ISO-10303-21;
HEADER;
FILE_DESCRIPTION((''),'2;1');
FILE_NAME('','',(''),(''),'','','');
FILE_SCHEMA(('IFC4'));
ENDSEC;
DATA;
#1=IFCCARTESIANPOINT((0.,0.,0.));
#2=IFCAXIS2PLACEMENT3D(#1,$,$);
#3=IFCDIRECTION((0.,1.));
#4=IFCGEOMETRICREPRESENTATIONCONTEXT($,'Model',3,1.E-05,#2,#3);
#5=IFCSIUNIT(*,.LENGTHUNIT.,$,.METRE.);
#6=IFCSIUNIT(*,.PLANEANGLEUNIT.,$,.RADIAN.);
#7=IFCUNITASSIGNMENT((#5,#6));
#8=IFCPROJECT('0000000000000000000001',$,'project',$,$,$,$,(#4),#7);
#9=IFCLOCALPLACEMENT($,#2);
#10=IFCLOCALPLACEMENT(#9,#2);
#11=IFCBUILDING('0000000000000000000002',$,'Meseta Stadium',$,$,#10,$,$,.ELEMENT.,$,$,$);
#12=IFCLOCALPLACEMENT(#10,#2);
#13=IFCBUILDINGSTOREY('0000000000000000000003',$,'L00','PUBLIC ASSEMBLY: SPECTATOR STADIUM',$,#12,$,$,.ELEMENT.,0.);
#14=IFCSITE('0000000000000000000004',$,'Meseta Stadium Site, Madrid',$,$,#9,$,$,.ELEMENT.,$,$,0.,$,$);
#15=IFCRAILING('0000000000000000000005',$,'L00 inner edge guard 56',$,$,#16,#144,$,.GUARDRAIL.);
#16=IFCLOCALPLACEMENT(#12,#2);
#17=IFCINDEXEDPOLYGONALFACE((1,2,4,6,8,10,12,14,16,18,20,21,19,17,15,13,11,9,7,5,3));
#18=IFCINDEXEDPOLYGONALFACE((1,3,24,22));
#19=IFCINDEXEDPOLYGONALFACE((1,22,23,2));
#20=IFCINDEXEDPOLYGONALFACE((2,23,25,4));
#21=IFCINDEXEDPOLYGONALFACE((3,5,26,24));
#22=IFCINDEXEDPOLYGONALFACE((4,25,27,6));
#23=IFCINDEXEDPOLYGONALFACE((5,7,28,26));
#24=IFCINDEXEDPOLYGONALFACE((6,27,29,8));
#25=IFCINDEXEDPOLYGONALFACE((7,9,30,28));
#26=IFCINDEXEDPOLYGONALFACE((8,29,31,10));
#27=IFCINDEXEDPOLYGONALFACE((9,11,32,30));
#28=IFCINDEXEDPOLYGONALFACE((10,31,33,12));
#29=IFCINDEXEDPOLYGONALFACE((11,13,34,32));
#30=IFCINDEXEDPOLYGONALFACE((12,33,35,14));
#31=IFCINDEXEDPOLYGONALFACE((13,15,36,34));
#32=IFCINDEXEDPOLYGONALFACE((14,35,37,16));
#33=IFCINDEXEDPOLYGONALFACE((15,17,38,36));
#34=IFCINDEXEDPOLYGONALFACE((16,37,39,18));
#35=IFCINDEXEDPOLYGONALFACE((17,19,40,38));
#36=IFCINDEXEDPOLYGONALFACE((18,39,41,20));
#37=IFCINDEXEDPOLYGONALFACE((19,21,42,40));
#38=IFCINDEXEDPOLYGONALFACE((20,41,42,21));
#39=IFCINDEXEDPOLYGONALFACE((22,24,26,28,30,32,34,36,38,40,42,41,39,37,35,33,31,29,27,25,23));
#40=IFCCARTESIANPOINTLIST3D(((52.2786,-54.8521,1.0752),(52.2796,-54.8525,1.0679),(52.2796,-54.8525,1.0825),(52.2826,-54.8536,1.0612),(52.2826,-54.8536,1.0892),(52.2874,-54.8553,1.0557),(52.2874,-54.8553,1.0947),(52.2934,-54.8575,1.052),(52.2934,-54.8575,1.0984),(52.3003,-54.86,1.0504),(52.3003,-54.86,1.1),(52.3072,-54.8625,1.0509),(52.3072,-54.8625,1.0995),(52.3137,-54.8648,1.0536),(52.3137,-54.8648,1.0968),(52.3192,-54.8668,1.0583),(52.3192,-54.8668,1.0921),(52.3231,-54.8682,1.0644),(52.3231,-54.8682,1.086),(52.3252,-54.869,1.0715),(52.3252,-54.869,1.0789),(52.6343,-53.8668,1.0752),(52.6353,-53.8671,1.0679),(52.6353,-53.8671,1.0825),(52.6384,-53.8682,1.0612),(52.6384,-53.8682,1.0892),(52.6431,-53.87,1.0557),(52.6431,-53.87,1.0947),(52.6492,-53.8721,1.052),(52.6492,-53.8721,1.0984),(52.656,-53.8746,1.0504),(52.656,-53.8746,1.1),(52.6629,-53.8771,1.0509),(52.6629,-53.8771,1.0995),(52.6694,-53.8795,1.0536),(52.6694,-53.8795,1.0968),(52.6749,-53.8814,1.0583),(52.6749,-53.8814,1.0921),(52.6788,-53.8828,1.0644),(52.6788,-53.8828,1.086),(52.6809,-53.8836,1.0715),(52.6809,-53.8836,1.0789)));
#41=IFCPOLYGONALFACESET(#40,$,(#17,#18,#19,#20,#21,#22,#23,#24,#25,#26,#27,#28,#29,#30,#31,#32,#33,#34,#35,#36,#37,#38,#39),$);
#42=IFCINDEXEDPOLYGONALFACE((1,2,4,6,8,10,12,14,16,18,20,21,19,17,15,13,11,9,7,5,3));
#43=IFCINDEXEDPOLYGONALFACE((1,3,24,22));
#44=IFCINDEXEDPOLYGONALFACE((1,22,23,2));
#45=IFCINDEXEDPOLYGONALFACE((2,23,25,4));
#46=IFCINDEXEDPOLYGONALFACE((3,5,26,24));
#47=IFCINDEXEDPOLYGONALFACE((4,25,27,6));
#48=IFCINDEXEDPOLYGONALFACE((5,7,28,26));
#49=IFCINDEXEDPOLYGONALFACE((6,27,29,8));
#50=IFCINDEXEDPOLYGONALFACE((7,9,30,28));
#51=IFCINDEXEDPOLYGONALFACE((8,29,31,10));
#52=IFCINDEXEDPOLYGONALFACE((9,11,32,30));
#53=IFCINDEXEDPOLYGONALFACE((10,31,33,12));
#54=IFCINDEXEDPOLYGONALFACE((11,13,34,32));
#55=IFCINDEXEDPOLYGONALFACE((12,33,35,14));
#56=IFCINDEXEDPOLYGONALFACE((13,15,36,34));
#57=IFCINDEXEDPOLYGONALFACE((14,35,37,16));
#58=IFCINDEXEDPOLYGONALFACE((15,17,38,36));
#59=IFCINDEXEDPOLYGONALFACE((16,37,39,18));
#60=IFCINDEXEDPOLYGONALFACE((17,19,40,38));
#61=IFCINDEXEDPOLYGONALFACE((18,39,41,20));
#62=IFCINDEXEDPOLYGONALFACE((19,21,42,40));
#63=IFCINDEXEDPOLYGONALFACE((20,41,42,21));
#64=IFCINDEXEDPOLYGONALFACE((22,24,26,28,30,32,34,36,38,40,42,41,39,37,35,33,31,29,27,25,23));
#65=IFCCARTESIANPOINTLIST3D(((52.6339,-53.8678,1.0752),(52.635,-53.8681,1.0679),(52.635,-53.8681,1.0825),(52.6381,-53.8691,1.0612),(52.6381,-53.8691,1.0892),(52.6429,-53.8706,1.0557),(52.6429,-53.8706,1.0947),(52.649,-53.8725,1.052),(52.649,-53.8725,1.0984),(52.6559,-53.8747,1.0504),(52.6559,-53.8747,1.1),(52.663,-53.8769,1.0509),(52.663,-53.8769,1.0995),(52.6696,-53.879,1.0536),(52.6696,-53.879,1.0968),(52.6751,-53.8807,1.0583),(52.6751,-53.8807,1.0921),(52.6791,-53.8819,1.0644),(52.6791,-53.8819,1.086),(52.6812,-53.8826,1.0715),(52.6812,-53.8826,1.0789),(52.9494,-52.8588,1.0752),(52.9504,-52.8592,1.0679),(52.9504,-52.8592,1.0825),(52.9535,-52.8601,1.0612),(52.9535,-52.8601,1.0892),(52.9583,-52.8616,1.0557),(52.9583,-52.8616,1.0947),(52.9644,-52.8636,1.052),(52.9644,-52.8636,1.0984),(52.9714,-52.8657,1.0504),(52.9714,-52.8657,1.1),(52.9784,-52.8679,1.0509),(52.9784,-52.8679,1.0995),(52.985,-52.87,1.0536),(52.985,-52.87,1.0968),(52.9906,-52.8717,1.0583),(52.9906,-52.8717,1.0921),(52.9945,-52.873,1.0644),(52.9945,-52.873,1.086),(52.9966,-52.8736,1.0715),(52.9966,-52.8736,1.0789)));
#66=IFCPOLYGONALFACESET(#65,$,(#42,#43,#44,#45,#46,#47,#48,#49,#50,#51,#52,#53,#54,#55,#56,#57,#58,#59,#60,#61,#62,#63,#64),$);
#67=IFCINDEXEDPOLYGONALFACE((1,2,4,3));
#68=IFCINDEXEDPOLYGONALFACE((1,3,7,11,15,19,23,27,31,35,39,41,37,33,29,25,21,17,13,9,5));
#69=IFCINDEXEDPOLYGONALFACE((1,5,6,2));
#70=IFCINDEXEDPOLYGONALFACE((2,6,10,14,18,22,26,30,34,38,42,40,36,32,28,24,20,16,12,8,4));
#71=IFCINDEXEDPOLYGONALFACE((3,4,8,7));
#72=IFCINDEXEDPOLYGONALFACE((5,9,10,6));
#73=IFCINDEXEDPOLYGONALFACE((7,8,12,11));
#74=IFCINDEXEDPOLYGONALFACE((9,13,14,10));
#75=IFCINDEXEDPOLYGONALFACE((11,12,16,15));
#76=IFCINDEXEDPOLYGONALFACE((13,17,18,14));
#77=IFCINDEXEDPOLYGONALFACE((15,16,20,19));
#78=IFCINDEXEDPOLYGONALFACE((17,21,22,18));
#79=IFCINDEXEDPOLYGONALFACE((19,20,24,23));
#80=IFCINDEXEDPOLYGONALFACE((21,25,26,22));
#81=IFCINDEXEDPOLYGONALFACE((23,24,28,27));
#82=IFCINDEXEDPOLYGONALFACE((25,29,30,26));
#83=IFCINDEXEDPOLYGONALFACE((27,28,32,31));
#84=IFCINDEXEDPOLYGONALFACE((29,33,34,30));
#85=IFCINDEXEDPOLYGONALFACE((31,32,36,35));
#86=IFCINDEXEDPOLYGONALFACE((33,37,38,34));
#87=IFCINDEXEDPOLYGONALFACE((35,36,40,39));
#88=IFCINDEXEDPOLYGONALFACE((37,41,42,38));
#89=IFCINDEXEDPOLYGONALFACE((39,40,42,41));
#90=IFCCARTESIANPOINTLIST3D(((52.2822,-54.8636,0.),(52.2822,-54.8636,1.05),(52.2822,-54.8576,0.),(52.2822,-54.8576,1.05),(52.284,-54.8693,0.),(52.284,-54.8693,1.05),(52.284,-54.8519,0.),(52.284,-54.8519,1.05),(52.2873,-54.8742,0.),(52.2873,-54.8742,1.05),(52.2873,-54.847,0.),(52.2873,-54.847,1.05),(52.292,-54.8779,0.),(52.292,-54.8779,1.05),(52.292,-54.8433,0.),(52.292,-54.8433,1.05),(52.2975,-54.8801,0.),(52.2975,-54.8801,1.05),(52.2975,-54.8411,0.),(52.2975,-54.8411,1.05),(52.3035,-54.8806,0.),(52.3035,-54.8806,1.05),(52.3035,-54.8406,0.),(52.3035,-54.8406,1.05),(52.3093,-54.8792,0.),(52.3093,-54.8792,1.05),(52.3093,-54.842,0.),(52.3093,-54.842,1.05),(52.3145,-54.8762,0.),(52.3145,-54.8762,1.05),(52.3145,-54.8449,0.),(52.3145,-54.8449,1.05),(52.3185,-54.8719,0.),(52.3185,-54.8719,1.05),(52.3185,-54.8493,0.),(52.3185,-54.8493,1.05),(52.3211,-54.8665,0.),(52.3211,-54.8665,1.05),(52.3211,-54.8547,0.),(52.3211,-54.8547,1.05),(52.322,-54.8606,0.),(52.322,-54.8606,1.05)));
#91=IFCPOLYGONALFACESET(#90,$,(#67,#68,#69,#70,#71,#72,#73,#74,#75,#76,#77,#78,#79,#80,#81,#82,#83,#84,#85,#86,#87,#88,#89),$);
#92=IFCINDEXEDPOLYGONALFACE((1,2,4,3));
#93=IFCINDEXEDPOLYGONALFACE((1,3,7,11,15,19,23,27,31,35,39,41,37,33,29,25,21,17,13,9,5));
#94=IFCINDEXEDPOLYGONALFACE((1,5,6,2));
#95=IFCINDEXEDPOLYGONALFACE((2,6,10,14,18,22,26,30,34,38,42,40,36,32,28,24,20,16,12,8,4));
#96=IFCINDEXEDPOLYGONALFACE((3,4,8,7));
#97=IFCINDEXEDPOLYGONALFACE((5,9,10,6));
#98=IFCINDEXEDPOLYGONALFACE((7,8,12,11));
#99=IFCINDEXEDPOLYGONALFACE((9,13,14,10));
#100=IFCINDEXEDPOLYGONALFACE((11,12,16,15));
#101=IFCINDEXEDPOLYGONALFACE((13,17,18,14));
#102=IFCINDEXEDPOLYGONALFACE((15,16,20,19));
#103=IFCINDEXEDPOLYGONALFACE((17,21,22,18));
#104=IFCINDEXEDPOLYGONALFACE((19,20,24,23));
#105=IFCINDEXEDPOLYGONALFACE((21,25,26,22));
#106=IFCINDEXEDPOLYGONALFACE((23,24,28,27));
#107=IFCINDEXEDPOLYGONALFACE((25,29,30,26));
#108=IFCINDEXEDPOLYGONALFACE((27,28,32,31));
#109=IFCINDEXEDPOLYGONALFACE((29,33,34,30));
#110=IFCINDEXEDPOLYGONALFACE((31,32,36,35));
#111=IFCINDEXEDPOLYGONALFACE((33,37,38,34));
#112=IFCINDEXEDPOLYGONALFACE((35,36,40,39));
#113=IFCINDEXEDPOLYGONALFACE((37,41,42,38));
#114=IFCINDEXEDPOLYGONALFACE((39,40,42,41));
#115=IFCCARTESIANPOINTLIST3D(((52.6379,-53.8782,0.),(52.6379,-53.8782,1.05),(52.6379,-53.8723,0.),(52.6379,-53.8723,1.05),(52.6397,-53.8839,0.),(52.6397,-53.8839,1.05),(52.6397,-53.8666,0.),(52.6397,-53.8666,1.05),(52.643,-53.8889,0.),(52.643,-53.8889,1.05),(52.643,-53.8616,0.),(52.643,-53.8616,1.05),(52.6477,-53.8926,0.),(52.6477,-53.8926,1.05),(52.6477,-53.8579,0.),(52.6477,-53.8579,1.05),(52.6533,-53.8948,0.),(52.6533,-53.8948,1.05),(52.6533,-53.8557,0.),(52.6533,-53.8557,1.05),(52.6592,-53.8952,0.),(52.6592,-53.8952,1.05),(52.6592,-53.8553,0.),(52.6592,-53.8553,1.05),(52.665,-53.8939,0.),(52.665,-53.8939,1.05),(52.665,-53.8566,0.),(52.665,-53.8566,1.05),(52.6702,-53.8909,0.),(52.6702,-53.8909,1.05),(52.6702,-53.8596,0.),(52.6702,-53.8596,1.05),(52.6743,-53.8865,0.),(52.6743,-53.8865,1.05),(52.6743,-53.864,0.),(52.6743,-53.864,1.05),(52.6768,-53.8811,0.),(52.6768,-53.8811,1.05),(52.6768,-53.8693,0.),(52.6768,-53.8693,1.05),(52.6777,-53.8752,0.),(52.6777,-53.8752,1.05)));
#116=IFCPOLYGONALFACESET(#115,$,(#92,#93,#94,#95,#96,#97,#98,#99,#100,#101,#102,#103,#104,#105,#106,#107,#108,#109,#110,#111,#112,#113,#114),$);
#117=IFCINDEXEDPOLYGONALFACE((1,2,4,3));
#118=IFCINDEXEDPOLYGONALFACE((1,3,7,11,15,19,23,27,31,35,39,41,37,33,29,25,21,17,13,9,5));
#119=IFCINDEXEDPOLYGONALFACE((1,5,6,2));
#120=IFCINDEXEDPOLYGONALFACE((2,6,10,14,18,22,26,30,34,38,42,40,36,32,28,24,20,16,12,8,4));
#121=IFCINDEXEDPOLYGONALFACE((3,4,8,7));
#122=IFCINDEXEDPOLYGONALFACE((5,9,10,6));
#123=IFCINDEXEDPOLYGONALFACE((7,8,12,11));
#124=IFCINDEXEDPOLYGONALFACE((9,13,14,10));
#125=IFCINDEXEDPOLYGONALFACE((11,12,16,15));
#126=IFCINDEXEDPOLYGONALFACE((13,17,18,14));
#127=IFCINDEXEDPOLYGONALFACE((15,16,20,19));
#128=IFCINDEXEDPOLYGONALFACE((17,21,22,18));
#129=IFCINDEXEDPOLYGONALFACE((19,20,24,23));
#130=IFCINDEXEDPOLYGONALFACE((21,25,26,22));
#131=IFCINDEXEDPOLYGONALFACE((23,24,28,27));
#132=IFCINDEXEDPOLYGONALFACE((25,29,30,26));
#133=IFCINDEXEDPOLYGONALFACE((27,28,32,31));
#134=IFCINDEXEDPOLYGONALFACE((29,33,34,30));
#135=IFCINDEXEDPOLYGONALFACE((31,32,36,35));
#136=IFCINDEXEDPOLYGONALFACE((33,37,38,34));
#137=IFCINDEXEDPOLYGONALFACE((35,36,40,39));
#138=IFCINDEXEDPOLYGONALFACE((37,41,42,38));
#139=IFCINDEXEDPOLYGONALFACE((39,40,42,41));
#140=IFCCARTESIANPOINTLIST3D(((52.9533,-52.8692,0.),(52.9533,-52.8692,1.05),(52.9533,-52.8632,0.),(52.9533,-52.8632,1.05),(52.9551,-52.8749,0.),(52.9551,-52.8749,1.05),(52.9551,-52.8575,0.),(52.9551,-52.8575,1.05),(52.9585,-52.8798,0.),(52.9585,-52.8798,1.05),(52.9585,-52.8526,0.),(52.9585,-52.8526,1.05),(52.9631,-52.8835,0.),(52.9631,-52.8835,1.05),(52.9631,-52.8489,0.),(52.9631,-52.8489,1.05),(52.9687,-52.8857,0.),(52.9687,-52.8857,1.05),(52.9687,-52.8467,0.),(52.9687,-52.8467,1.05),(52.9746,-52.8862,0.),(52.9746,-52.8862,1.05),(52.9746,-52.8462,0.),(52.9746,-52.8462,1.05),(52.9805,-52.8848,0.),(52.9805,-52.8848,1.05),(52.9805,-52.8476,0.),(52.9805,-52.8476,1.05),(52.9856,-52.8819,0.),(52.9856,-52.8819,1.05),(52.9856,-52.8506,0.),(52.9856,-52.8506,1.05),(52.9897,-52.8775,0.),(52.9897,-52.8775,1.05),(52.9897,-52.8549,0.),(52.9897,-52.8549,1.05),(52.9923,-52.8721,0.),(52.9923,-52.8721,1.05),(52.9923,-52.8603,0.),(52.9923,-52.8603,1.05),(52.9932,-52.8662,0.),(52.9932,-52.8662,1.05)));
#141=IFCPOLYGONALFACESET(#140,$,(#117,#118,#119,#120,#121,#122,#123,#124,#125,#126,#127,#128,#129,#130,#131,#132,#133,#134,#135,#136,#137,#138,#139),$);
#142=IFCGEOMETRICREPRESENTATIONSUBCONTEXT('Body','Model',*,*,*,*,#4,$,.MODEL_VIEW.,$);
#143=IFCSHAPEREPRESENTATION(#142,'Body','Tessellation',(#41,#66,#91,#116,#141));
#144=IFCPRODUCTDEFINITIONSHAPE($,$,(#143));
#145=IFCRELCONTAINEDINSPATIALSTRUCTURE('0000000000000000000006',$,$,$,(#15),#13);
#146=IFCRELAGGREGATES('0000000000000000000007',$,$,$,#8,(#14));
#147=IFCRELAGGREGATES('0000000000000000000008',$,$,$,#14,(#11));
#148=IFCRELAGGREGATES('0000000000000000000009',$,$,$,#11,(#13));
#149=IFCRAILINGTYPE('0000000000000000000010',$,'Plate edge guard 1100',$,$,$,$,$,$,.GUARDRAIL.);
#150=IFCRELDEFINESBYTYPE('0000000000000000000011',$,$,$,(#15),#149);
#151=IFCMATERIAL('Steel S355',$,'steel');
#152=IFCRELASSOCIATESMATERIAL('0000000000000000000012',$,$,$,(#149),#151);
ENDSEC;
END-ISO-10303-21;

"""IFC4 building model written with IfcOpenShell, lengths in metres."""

from ifc_helpers import new_model, si_unit, direction, frame, origin, origin_2d, place, context, subcontext, project, spatial, circle, extrude, material, type_object, element, save


model = new_model("IFC4")

# Units and contexts
model_context = context("Model", 3, precision=1e-05, world=origin(), true_north=direction((0.0, 1.0)))
body_context = subcontext(model_context, "Body", "Model", "MODEL_VIEW")
ifc_project = project(units=[si_unit("LENGTHUNIT", "METRE"), si_unit("PLANEANGLEUNIT", "RADIAN")], contexts=[model_context])

# Site, building, storey
site_placement = place(None, origin())
site = spatial("IfcSite", under=ifc_project, at=site_placement, Name="Meseta Stadium Site, Madrid", CompositionType="ELEMENT", RefElevation=0.0)
building_placement = place(site_placement, origin())
building = spatial("IfcBuilding", under=site, at=building_placement, Name="Meseta Stadium", CompositionType="ELEMENT")
storey_placement = place(building_placement, origin())
storey = spatial("IfcBuildingStorey", under=building, at=storey_placement, Name="L00", Description="PUBLIC ASSEMBLY: SPECTATOR STADIUM", CompositionType="ELEMENT", Elevation=0.0)

# Railing
ifc_material_1 = material(Name="Steel S355", Category="steel")
railing_type_1 = type_object("IfcRailingType", Name="Plate edge guard 1100", PredefinedType="GUARDRAIL", material=ifc_material_1)
railing_1_placement = place(storey_placement, frame((52.302, -54.8606, 0.0)))
element("IfcRailing", 1, at=railing_1_placement, inside=storey, type_object=railing_type_1, Name="L00 inner edge guard 56", PredefinedType="GUARDRAIL", context=body_context, shape_type="SweptSolid", body=[
    extrude(circle(Radius=0.0249, at=origin_2d()), frame((0.0, 0.0, 1.0752), z_axis=(0.339553, 0.940587, 0.0), x_axis=(-0.940587, 0.339553, 0.0)), (0.0, 0.0, 1.0), 1.0476),
    extrude(circle(Radius=0.0249, at=origin_2d()), frame((0.3557, 0.9854, 1.0752), z_axis=(0.298367, 0.954451, 0.0), x_axis=(-0.954451, 0.298367, 0.0)), (0.0, 0.0, 1.0), 1.0571),
    extrude(circle(Radius=0.02, at=origin_2d()), origin(), (0.0, 0.0, 1.0), 1.05),
    extrude(circle(Radius=0.02, at=origin_2d()), frame((0.3557, 0.9854, 0.0)), (0.0, 0.0, 1.0), 1.05),
    extrude(circle(Radius=0.02, at=origin_2d()), frame((0.6711, 1.9944, 0.0)), (0.0, 0.0, 1.0), 1.05),
])

save(model, "model.ifc")
